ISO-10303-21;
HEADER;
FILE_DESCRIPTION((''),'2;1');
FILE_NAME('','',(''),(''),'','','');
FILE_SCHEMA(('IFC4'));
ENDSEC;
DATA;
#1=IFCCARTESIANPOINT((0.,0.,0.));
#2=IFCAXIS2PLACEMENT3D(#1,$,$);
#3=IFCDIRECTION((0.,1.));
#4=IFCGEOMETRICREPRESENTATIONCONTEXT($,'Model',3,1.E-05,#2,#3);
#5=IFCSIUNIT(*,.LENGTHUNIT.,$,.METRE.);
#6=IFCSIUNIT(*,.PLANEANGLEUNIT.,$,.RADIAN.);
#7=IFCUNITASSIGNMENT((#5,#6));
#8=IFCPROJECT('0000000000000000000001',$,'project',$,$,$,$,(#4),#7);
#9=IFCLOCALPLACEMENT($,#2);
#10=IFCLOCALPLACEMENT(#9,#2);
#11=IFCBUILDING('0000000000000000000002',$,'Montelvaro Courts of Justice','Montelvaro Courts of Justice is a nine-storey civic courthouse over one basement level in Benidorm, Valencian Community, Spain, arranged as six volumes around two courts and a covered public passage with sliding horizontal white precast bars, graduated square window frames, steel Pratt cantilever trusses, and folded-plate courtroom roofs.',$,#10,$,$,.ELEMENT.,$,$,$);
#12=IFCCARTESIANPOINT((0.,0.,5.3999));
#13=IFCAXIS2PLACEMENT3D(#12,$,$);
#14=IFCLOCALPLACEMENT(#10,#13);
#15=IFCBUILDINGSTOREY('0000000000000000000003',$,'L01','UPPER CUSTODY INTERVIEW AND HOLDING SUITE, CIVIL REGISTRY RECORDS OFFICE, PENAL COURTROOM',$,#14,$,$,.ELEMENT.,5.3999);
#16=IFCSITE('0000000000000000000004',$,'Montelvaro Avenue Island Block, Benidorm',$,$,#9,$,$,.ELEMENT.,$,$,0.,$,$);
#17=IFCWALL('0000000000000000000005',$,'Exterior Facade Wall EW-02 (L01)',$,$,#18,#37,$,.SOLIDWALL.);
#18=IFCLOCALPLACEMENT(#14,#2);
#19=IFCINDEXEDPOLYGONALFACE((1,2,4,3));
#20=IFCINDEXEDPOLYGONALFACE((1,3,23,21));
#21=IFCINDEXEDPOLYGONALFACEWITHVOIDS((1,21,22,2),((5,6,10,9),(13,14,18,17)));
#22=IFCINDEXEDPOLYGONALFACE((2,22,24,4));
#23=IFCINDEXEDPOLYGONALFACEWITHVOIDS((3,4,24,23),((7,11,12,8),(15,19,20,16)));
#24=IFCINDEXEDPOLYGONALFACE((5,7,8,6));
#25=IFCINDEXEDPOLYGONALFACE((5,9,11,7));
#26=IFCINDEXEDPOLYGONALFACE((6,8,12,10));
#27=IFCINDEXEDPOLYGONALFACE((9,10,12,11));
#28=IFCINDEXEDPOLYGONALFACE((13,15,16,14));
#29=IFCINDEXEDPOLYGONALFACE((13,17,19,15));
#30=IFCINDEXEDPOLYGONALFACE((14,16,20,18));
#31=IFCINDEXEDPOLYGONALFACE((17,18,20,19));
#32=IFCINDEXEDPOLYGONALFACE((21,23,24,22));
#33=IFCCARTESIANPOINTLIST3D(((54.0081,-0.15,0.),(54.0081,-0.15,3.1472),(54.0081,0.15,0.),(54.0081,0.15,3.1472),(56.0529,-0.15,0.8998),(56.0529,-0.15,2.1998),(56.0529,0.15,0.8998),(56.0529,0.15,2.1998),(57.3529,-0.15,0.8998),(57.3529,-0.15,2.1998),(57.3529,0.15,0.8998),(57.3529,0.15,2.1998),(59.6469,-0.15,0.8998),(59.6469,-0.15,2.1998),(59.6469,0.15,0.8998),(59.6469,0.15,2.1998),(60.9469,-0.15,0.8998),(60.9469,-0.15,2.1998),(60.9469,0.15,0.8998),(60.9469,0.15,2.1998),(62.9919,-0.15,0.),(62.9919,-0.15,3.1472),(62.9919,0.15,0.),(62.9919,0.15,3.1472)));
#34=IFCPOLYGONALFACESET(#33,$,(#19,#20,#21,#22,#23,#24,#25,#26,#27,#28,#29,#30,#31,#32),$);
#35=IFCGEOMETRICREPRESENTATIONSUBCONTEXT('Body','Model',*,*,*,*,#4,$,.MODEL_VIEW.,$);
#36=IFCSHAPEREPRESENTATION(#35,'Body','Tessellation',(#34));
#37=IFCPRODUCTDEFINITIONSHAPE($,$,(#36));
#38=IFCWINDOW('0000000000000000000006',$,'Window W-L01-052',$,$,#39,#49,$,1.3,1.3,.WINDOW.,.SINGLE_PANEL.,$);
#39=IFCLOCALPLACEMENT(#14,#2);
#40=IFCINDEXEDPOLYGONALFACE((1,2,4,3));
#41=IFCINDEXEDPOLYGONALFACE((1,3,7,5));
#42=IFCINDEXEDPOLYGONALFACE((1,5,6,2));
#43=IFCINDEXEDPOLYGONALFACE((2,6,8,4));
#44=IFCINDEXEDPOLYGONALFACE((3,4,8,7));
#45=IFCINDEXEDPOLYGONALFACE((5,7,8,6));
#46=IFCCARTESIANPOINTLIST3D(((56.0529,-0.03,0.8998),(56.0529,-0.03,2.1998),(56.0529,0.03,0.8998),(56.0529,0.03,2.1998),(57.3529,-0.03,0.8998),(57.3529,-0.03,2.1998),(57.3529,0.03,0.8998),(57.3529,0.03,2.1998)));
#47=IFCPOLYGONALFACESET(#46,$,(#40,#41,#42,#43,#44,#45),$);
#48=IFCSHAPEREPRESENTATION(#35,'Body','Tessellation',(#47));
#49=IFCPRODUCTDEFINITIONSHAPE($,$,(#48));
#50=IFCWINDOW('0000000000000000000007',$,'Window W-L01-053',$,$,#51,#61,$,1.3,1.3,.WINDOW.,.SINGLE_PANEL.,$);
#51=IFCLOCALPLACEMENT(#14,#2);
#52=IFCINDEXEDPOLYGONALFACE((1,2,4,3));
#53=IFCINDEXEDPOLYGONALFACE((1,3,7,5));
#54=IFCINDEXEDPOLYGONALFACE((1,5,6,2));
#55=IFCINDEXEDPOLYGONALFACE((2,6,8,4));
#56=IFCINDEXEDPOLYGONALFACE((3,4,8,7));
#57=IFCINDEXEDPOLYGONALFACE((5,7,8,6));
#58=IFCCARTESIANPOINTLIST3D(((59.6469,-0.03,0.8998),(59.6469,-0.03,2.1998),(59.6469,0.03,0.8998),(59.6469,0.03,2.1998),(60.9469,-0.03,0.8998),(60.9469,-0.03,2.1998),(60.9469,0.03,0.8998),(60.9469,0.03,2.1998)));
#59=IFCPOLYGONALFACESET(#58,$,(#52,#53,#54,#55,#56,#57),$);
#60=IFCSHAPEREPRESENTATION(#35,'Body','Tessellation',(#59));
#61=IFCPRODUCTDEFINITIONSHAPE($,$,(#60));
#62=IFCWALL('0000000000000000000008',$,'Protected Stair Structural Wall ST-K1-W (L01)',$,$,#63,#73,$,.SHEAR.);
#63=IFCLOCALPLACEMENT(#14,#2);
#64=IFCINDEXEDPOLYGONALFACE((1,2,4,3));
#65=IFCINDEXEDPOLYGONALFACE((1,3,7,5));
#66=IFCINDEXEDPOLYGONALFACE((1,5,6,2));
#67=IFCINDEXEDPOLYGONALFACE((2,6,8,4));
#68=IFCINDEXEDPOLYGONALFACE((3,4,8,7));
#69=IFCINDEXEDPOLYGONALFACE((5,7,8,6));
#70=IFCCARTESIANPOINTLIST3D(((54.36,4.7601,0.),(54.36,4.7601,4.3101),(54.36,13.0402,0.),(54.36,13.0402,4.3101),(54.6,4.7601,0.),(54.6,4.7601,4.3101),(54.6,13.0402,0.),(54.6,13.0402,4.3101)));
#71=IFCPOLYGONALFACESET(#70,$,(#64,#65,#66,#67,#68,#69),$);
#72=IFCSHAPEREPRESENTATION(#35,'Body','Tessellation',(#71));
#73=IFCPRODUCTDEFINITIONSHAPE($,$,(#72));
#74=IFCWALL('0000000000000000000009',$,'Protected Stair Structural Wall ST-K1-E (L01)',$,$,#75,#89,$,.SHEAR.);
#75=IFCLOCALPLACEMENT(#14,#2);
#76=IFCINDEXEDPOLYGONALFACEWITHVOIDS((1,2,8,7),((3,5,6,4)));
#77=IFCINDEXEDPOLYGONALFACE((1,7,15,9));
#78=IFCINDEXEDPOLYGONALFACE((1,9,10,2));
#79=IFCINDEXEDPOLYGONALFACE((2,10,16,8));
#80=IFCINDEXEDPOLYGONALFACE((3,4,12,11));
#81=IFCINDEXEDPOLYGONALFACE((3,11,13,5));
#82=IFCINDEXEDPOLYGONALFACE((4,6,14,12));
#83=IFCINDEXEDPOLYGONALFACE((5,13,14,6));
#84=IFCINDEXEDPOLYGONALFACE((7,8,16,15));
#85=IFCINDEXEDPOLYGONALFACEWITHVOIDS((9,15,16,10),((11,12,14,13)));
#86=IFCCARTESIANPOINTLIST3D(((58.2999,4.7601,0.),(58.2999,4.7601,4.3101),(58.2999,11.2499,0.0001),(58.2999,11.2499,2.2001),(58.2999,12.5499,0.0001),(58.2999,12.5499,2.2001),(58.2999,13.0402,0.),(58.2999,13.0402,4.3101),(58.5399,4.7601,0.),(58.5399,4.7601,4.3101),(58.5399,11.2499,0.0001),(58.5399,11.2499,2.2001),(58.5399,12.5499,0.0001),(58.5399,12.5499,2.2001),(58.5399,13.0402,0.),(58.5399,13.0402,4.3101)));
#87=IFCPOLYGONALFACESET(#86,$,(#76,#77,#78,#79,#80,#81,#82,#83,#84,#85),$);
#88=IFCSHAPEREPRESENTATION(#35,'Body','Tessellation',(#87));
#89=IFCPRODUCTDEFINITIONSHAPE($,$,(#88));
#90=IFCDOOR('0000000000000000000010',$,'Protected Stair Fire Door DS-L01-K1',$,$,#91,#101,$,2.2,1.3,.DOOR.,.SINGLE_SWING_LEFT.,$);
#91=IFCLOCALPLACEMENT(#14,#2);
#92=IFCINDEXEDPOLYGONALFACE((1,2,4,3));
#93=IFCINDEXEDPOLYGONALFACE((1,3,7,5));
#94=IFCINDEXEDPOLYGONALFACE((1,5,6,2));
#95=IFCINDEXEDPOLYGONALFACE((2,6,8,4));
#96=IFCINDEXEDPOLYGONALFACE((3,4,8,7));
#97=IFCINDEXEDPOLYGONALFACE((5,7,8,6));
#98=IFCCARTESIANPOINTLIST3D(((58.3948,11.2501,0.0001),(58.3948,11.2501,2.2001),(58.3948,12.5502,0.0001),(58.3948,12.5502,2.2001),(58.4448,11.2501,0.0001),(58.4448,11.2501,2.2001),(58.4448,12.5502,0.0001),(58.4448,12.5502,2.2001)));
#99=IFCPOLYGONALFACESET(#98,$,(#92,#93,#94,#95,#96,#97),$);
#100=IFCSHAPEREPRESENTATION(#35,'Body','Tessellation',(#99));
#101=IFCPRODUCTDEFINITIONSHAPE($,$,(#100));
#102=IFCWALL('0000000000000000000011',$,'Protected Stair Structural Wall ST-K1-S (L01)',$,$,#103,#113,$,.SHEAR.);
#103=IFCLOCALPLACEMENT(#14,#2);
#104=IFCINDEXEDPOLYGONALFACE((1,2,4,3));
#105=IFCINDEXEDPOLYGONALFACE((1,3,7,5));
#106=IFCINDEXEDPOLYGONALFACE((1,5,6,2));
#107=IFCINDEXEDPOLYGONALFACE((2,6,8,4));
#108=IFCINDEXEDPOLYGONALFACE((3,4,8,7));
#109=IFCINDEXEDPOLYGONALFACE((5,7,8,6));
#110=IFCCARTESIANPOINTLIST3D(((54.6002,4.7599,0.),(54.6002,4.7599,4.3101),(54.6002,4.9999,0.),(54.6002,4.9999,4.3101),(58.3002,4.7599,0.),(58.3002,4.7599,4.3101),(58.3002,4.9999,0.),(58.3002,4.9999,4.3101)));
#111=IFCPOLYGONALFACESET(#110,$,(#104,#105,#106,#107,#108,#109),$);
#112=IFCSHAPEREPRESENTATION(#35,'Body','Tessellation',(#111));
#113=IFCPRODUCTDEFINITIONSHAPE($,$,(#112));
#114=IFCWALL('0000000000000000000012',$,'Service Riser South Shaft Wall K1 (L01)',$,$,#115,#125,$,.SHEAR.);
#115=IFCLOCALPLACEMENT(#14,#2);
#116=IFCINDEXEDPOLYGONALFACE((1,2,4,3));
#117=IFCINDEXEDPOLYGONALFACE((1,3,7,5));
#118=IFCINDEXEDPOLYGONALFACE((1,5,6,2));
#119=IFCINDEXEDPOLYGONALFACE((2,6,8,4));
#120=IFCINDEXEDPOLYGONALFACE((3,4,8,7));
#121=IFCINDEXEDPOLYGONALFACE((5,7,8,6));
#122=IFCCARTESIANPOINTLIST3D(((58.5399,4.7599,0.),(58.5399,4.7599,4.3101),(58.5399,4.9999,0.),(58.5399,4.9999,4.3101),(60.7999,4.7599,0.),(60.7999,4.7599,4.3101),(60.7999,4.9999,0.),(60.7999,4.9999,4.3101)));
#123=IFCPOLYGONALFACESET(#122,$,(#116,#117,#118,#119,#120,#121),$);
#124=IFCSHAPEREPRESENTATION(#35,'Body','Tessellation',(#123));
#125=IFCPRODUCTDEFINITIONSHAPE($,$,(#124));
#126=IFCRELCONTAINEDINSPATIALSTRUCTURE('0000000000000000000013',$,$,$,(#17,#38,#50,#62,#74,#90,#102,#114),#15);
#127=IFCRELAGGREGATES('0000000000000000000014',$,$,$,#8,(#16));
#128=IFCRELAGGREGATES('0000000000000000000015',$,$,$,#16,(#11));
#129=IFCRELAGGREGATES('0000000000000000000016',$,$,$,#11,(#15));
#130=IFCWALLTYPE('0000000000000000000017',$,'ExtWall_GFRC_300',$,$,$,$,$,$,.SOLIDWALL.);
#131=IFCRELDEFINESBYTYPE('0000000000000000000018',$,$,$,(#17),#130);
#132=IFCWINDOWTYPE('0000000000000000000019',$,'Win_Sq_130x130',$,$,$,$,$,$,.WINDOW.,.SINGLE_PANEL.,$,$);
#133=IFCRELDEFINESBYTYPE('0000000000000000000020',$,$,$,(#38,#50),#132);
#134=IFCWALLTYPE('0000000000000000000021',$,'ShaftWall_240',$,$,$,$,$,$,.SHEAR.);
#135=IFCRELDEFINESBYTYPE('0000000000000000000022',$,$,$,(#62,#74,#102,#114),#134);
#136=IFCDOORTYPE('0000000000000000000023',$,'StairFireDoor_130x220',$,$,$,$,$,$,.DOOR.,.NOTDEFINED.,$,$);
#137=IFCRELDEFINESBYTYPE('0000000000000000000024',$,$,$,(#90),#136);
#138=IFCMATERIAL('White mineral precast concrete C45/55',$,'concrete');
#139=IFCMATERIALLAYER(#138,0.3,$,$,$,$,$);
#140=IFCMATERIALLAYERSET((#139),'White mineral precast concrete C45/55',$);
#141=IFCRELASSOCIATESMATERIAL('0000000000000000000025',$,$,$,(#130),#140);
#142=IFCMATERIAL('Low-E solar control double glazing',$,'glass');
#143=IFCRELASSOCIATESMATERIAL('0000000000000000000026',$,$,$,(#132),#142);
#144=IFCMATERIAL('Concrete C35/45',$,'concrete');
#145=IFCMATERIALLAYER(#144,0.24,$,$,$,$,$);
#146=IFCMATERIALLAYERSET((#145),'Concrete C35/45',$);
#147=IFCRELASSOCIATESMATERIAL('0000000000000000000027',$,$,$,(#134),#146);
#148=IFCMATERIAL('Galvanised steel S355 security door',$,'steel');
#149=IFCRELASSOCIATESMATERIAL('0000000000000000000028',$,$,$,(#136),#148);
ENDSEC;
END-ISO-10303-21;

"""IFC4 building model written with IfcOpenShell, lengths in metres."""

from ifc_helpers import new_model, si_unit, direction, frame, frame_2d, origin, place, context, subcontext, project, spatial, rectangle, extrude, material, layer, layer_set, type_object, element, fill, save


model = new_model("IFC4")

# Units and contexts
model_context = context("Model", 3, precision=1e-05, world=origin(), true_north=direction((0.0, 1.0)))
body_context = subcontext(model_context, "Body", "Model", "MODEL_VIEW")
ifc_project = project(units=[si_unit("LENGTHUNIT", "METRE"), si_unit("PLANEANGLEUNIT", "RADIAN")], contexts=[model_context])

# Site, building, storey
site_placement = place(None, origin())
site = spatial("IfcSite", under=ifc_project, at=site_placement, Name="Montelvaro Avenue Island Block, Benidorm", CompositionType="ELEMENT", RefElevation=0.0)
building_placement = place(site_placement, origin())
building = spatial("IfcBuilding", under=site, at=building_placement, Name="Montelvaro Courts of Justice", Description="Montelvaro Courts of Justice is a nine-storey civic courthouse over one basement level in Benidorm, Valencian Community, Spain, arranged as six volumes around two courts and a covered public passage with sliding horizontal white precast bars, graduated square window frames, steel Pratt cantilever trusses, and folded-plate courtroom roofs.", CompositionType="ELEMENT")
storey_placement = place(building_placement, frame((0.0, 0.0, 5.3999)))
storey = spatial("IfcBuildingStorey", under=building, at=storey_placement, Name="L01", Description="UPPER CUSTODY INTERVIEW AND HOLDING SUITE, CIVIL REGISTRY RECORDS OFFICE, PENAL COURTROOM", CompositionType="ELEMENT", Elevation=5.3999)

# Shared definitions
ifc_material_1 = material(Name="White mineral precast concrete C45/55", Category="concrete")

# Wall, openings, windows
ifc_layer_1 = layer(ifc_material_1, 0.3)
ifc_layer_set_1 = layer_set([ifc_layer_1], Name="White mineral precast concrete C45/55")
wall_type_1 = type_object("IfcWallType", Name="ExtWall_GFRC_300", PredefinedType="SOLIDWALL", material=ifc_layer_set_1)
wall_1_placement = place(storey_placement, frame((54.0081, 0.0, 0.0), z_axis=(0.0, 0.0, 1.0), x_axis=(1.0, 0.0, 0.0)))
wall_1 = element("IfcWall", 1, at=wall_1_placement, inside=storey, type_object=wall_type_1, Name="Exterior Facade Wall EW-02 (L01)", PredefinedType="SOLIDWALL", context=body_context, shape_type="SweptSolid", body=[
    extrude(rectangle(XDim=8.9839, YDim=0.3, at=frame_2d((4.4919, 0.0))), origin(), (0.0, 0.0, 1.0), 3.1472),
])
opening_1_placement = place(wall_1_placement, frame((2.0449, 0.0, 0.8999)))
opening_1 = element("IfcOpeningElement", 2, at=opening_1_placement, cuts=wall_1, PredefinedType="OPENING", context=body_context, shape_type="SweptSolid", body=[
    extrude(rectangle(XDim=1.3, YDim=1.3, at=frame_2d((0.6499, 0.6499))), frame((0.0, 0.165, 0.0), z_axis=(0.0, -1.0, 0.0), x_axis=(1.0, 0.0, 0.0)), (0.0, 0.0, 1.0), 0.3298),
])
opening_2_placement = place(wall_1_placement, frame((5.6389, 0.0, 0.8999)))
opening_2 = element("IfcOpeningElement", 3, at=opening_2_placement, cuts=wall_1, PredefinedType="OPENING", context=body_context, shape_type="SweptSolid", body=[
    extrude(rectangle(XDim=1.3, YDim=1.3, at=frame_2d((0.6499, 0.6499))), frame((0.0, 0.165, 0.0), z_axis=(0.0, -1.0, 0.0), x_axis=(1.0, 0.0, 0.0)), (0.0, 0.0, 1.0), 0.3298),
])
ifc_material_2 = material(Name="Low-E solar control double glazing", Category="glass")
window_type = type_object("IfcWindowType", Name="Win_Sq_130x130", PartitioningType="SINGLE_PANEL", PredefinedType="WINDOW", material=ifc_material_2)
window_1_placement = place(opening_1_placement, origin())
window_1 = element("IfcWindow", 4, at=window_1_placement, inside=storey, type_object=window_type, Name="Window W-L01-052", OverallHeight=1.3, OverallWidth=1.3, PartitioningType="SINGLE_PANEL", PredefinedType="WINDOW", context=body_context, shape_type="SweptSolid", body=[
    extrude(rectangle(XDim=1.3, YDim=1.3, at=frame_2d((0.6499, 0.6499))), frame((0.0, 0.03, 0.0), z_axis=(0.0, -1.0, 0.0), x_axis=(1.0, 0.0, 0.0)), (0.0, 0.0, 1.0), 0.0601),
])
fill(opening_1, window_1)
window_2_placement = place(opening_2_placement, origin())
window_2 = element("IfcWindow", 5, at=window_2_placement, inside=storey, type_object=window_type, Name="Window W-L01-053", OverallHeight=1.3, OverallWidth=1.3, PartitioningType="SINGLE_PANEL", PredefinedType="WINDOW", context=body_context, shape_type="SweptSolid", body=[
    extrude(rectangle(XDim=1.3, YDim=1.3, at=frame_2d((0.6499, 0.6499))), frame((0.0, 0.03, 0.0), z_axis=(0.0, -1.0, 0.0), x_axis=(1.0, 0.0, 0.0)), (0.0, 0.0, 1.0), 0.0601),
])
fill(opening_2, window_2)

# Wall
ifc_material_3 = material(Name="Concrete C35/45", Category="concrete")
ifc_layer_2 = layer(ifc_material_3, 0.24)
ifc_layer_set_2 = layer_set([ifc_layer_2], Name="Concrete C35/45")
wall_type_2 = type_object("IfcWallType", Name="ShaftWall_240", PredefinedType="SHEAR", material=ifc_layer_set_2)
wall_2_placement = place(storey_placement, frame((54.48, 4.76, 0.0), z_axis=(0.0, 0.0, 1.0), x_axis=(0.0, 1.0, 0.0)))
element("IfcWall", 6, at=wall_2_placement, inside=storey, type_object=wall_type_2, Name="Protected Stair Structural Wall ST-K1-W (L01)", PredefinedType="SHEAR", context=body_context, shape_type="SweptSolid", body=[
    extrude(rectangle(XDim=8.28, YDim=0.24, at=frame_2d((4.1401, 0.0))), origin(), (0.0, 0.0, 1.0), 4.3101),
])

# Wall, opening, door
wall_3_placement = place(storey_placement, frame((58.4199, 4.76, 0.0), z_axis=(0.0, 0.0, 1.0), x_axis=(0.0, 1.0, 0.0)))
wall_3 = element("IfcWall", 7, at=wall_3_placement, inside=storey, type_object=wall_type_2, Name="Protected Stair Structural Wall ST-K1-E (L01)", PredefinedType="SHEAR", context=body_context, shape_type="SweptSolid", body=[
    extrude(rectangle(XDim=8.28, YDim=0.24, at=frame_2d((4.1401, 0.0))), origin(), (0.0, 0.0, 1.0), 4.3101),
])
opening_3_placement = place(wall_3_placement, frame((6.49, 0.0, 0.0)))
opening_3 = element("IfcOpeningElement", 8, at=opening_3_placement, cuts=wall_3, PredefinedType="OPENING", context=body_context, shape_type="SweptSolid", body=[
    extrude(rectangle(XDim=1.3, YDim=2.2, at=frame_2d((0.6499, 1.1001))), frame((0.0, 0.1348, 0.0), z_axis=(0.0, -1.0, 0.0), x_axis=(1.0, 0.0, 0.0)), (0.0, 0.0, 1.0), 0.2698),
])
ifc_material_4 = material(Name="Galvanised steel S355 security door", Category="steel")
door_type = type_object("IfcDoorType", Name="StairFireDoor_130x220", OperationType="NOTDEFINED", PredefinedType="DOOR", material=ifc_material_4)
door_placement = place(opening_3_placement, frame((1.3, 0.0, 0.0), z_axis=(0.0, 0.0, 1.0), x_axis=(-1.0, 0.0, 0.0)))
door = element("IfcDoor", 9, at=door_placement, inside=storey, type_object=door_type, Name="Protected Stair Fire Door DS-L01-K1", OperationType="SINGLE_SWING_LEFT", OverallHeight=2.2, OverallWidth=1.3, PredefinedType="DOOR", context=body_context, shape_type="SweptSolid", body=[
    extrude(rectangle(XDim=1.3, YDim=2.2, at=frame_2d((0.6499, 1.1001))), frame((0.0, 0.0249, 0.0), z_axis=(0.0, -1.0, 0.0), x_axis=(1.0, 0.0, 0.0)), (0.0, 0.0, 1.0), 0.05),
])
fill(opening_3, door)

# Walls
wall_4_placement = place(storey_placement, frame((54.6001, 4.8799, 0.0), z_axis=(0.0, 0.0, 1.0), x_axis=(1.0, 0.0, 0.0)))
element("IfcWall", 10, at=wall_4_placement, inside=storey, type_object=wall_type_2, Name="Protected Stair Structural Wall ST-K1-S (L01)", PredefinedType="SHEAR", context=body_context, shape_type="SweptSolid", body=[
    extrude(rectangle(XDim=3.7, YDim=0.24, at=frame_2d((1.8501, 0.0))), origin(), (0.0, 0.0, 1.0), 4.3101),
])
wall_5_placement = place(storey_placement, frame((58.54, 4.8799, 0.0), z_axis=(0.0, 0.0, 1.0), x_axis=(1.0, 0.0, 0.0)))
element("IfcWall", 11, at=wall_5_placement, inside=storey, type_object=wall_type_2, Name="Service Riser South Shaft Wall K1 (L01)", PredefinedType="SHEAR", context=body_context, shape_type="SweptSolid", body=[
    extrude(rectangle(XDim=2.26, YDim=0.24, at=frame_2d((1.1299, 0.0))), origin(), (0.0, 0.0, 1.0), 4.3101),
])

save(model, "model.ifc")
